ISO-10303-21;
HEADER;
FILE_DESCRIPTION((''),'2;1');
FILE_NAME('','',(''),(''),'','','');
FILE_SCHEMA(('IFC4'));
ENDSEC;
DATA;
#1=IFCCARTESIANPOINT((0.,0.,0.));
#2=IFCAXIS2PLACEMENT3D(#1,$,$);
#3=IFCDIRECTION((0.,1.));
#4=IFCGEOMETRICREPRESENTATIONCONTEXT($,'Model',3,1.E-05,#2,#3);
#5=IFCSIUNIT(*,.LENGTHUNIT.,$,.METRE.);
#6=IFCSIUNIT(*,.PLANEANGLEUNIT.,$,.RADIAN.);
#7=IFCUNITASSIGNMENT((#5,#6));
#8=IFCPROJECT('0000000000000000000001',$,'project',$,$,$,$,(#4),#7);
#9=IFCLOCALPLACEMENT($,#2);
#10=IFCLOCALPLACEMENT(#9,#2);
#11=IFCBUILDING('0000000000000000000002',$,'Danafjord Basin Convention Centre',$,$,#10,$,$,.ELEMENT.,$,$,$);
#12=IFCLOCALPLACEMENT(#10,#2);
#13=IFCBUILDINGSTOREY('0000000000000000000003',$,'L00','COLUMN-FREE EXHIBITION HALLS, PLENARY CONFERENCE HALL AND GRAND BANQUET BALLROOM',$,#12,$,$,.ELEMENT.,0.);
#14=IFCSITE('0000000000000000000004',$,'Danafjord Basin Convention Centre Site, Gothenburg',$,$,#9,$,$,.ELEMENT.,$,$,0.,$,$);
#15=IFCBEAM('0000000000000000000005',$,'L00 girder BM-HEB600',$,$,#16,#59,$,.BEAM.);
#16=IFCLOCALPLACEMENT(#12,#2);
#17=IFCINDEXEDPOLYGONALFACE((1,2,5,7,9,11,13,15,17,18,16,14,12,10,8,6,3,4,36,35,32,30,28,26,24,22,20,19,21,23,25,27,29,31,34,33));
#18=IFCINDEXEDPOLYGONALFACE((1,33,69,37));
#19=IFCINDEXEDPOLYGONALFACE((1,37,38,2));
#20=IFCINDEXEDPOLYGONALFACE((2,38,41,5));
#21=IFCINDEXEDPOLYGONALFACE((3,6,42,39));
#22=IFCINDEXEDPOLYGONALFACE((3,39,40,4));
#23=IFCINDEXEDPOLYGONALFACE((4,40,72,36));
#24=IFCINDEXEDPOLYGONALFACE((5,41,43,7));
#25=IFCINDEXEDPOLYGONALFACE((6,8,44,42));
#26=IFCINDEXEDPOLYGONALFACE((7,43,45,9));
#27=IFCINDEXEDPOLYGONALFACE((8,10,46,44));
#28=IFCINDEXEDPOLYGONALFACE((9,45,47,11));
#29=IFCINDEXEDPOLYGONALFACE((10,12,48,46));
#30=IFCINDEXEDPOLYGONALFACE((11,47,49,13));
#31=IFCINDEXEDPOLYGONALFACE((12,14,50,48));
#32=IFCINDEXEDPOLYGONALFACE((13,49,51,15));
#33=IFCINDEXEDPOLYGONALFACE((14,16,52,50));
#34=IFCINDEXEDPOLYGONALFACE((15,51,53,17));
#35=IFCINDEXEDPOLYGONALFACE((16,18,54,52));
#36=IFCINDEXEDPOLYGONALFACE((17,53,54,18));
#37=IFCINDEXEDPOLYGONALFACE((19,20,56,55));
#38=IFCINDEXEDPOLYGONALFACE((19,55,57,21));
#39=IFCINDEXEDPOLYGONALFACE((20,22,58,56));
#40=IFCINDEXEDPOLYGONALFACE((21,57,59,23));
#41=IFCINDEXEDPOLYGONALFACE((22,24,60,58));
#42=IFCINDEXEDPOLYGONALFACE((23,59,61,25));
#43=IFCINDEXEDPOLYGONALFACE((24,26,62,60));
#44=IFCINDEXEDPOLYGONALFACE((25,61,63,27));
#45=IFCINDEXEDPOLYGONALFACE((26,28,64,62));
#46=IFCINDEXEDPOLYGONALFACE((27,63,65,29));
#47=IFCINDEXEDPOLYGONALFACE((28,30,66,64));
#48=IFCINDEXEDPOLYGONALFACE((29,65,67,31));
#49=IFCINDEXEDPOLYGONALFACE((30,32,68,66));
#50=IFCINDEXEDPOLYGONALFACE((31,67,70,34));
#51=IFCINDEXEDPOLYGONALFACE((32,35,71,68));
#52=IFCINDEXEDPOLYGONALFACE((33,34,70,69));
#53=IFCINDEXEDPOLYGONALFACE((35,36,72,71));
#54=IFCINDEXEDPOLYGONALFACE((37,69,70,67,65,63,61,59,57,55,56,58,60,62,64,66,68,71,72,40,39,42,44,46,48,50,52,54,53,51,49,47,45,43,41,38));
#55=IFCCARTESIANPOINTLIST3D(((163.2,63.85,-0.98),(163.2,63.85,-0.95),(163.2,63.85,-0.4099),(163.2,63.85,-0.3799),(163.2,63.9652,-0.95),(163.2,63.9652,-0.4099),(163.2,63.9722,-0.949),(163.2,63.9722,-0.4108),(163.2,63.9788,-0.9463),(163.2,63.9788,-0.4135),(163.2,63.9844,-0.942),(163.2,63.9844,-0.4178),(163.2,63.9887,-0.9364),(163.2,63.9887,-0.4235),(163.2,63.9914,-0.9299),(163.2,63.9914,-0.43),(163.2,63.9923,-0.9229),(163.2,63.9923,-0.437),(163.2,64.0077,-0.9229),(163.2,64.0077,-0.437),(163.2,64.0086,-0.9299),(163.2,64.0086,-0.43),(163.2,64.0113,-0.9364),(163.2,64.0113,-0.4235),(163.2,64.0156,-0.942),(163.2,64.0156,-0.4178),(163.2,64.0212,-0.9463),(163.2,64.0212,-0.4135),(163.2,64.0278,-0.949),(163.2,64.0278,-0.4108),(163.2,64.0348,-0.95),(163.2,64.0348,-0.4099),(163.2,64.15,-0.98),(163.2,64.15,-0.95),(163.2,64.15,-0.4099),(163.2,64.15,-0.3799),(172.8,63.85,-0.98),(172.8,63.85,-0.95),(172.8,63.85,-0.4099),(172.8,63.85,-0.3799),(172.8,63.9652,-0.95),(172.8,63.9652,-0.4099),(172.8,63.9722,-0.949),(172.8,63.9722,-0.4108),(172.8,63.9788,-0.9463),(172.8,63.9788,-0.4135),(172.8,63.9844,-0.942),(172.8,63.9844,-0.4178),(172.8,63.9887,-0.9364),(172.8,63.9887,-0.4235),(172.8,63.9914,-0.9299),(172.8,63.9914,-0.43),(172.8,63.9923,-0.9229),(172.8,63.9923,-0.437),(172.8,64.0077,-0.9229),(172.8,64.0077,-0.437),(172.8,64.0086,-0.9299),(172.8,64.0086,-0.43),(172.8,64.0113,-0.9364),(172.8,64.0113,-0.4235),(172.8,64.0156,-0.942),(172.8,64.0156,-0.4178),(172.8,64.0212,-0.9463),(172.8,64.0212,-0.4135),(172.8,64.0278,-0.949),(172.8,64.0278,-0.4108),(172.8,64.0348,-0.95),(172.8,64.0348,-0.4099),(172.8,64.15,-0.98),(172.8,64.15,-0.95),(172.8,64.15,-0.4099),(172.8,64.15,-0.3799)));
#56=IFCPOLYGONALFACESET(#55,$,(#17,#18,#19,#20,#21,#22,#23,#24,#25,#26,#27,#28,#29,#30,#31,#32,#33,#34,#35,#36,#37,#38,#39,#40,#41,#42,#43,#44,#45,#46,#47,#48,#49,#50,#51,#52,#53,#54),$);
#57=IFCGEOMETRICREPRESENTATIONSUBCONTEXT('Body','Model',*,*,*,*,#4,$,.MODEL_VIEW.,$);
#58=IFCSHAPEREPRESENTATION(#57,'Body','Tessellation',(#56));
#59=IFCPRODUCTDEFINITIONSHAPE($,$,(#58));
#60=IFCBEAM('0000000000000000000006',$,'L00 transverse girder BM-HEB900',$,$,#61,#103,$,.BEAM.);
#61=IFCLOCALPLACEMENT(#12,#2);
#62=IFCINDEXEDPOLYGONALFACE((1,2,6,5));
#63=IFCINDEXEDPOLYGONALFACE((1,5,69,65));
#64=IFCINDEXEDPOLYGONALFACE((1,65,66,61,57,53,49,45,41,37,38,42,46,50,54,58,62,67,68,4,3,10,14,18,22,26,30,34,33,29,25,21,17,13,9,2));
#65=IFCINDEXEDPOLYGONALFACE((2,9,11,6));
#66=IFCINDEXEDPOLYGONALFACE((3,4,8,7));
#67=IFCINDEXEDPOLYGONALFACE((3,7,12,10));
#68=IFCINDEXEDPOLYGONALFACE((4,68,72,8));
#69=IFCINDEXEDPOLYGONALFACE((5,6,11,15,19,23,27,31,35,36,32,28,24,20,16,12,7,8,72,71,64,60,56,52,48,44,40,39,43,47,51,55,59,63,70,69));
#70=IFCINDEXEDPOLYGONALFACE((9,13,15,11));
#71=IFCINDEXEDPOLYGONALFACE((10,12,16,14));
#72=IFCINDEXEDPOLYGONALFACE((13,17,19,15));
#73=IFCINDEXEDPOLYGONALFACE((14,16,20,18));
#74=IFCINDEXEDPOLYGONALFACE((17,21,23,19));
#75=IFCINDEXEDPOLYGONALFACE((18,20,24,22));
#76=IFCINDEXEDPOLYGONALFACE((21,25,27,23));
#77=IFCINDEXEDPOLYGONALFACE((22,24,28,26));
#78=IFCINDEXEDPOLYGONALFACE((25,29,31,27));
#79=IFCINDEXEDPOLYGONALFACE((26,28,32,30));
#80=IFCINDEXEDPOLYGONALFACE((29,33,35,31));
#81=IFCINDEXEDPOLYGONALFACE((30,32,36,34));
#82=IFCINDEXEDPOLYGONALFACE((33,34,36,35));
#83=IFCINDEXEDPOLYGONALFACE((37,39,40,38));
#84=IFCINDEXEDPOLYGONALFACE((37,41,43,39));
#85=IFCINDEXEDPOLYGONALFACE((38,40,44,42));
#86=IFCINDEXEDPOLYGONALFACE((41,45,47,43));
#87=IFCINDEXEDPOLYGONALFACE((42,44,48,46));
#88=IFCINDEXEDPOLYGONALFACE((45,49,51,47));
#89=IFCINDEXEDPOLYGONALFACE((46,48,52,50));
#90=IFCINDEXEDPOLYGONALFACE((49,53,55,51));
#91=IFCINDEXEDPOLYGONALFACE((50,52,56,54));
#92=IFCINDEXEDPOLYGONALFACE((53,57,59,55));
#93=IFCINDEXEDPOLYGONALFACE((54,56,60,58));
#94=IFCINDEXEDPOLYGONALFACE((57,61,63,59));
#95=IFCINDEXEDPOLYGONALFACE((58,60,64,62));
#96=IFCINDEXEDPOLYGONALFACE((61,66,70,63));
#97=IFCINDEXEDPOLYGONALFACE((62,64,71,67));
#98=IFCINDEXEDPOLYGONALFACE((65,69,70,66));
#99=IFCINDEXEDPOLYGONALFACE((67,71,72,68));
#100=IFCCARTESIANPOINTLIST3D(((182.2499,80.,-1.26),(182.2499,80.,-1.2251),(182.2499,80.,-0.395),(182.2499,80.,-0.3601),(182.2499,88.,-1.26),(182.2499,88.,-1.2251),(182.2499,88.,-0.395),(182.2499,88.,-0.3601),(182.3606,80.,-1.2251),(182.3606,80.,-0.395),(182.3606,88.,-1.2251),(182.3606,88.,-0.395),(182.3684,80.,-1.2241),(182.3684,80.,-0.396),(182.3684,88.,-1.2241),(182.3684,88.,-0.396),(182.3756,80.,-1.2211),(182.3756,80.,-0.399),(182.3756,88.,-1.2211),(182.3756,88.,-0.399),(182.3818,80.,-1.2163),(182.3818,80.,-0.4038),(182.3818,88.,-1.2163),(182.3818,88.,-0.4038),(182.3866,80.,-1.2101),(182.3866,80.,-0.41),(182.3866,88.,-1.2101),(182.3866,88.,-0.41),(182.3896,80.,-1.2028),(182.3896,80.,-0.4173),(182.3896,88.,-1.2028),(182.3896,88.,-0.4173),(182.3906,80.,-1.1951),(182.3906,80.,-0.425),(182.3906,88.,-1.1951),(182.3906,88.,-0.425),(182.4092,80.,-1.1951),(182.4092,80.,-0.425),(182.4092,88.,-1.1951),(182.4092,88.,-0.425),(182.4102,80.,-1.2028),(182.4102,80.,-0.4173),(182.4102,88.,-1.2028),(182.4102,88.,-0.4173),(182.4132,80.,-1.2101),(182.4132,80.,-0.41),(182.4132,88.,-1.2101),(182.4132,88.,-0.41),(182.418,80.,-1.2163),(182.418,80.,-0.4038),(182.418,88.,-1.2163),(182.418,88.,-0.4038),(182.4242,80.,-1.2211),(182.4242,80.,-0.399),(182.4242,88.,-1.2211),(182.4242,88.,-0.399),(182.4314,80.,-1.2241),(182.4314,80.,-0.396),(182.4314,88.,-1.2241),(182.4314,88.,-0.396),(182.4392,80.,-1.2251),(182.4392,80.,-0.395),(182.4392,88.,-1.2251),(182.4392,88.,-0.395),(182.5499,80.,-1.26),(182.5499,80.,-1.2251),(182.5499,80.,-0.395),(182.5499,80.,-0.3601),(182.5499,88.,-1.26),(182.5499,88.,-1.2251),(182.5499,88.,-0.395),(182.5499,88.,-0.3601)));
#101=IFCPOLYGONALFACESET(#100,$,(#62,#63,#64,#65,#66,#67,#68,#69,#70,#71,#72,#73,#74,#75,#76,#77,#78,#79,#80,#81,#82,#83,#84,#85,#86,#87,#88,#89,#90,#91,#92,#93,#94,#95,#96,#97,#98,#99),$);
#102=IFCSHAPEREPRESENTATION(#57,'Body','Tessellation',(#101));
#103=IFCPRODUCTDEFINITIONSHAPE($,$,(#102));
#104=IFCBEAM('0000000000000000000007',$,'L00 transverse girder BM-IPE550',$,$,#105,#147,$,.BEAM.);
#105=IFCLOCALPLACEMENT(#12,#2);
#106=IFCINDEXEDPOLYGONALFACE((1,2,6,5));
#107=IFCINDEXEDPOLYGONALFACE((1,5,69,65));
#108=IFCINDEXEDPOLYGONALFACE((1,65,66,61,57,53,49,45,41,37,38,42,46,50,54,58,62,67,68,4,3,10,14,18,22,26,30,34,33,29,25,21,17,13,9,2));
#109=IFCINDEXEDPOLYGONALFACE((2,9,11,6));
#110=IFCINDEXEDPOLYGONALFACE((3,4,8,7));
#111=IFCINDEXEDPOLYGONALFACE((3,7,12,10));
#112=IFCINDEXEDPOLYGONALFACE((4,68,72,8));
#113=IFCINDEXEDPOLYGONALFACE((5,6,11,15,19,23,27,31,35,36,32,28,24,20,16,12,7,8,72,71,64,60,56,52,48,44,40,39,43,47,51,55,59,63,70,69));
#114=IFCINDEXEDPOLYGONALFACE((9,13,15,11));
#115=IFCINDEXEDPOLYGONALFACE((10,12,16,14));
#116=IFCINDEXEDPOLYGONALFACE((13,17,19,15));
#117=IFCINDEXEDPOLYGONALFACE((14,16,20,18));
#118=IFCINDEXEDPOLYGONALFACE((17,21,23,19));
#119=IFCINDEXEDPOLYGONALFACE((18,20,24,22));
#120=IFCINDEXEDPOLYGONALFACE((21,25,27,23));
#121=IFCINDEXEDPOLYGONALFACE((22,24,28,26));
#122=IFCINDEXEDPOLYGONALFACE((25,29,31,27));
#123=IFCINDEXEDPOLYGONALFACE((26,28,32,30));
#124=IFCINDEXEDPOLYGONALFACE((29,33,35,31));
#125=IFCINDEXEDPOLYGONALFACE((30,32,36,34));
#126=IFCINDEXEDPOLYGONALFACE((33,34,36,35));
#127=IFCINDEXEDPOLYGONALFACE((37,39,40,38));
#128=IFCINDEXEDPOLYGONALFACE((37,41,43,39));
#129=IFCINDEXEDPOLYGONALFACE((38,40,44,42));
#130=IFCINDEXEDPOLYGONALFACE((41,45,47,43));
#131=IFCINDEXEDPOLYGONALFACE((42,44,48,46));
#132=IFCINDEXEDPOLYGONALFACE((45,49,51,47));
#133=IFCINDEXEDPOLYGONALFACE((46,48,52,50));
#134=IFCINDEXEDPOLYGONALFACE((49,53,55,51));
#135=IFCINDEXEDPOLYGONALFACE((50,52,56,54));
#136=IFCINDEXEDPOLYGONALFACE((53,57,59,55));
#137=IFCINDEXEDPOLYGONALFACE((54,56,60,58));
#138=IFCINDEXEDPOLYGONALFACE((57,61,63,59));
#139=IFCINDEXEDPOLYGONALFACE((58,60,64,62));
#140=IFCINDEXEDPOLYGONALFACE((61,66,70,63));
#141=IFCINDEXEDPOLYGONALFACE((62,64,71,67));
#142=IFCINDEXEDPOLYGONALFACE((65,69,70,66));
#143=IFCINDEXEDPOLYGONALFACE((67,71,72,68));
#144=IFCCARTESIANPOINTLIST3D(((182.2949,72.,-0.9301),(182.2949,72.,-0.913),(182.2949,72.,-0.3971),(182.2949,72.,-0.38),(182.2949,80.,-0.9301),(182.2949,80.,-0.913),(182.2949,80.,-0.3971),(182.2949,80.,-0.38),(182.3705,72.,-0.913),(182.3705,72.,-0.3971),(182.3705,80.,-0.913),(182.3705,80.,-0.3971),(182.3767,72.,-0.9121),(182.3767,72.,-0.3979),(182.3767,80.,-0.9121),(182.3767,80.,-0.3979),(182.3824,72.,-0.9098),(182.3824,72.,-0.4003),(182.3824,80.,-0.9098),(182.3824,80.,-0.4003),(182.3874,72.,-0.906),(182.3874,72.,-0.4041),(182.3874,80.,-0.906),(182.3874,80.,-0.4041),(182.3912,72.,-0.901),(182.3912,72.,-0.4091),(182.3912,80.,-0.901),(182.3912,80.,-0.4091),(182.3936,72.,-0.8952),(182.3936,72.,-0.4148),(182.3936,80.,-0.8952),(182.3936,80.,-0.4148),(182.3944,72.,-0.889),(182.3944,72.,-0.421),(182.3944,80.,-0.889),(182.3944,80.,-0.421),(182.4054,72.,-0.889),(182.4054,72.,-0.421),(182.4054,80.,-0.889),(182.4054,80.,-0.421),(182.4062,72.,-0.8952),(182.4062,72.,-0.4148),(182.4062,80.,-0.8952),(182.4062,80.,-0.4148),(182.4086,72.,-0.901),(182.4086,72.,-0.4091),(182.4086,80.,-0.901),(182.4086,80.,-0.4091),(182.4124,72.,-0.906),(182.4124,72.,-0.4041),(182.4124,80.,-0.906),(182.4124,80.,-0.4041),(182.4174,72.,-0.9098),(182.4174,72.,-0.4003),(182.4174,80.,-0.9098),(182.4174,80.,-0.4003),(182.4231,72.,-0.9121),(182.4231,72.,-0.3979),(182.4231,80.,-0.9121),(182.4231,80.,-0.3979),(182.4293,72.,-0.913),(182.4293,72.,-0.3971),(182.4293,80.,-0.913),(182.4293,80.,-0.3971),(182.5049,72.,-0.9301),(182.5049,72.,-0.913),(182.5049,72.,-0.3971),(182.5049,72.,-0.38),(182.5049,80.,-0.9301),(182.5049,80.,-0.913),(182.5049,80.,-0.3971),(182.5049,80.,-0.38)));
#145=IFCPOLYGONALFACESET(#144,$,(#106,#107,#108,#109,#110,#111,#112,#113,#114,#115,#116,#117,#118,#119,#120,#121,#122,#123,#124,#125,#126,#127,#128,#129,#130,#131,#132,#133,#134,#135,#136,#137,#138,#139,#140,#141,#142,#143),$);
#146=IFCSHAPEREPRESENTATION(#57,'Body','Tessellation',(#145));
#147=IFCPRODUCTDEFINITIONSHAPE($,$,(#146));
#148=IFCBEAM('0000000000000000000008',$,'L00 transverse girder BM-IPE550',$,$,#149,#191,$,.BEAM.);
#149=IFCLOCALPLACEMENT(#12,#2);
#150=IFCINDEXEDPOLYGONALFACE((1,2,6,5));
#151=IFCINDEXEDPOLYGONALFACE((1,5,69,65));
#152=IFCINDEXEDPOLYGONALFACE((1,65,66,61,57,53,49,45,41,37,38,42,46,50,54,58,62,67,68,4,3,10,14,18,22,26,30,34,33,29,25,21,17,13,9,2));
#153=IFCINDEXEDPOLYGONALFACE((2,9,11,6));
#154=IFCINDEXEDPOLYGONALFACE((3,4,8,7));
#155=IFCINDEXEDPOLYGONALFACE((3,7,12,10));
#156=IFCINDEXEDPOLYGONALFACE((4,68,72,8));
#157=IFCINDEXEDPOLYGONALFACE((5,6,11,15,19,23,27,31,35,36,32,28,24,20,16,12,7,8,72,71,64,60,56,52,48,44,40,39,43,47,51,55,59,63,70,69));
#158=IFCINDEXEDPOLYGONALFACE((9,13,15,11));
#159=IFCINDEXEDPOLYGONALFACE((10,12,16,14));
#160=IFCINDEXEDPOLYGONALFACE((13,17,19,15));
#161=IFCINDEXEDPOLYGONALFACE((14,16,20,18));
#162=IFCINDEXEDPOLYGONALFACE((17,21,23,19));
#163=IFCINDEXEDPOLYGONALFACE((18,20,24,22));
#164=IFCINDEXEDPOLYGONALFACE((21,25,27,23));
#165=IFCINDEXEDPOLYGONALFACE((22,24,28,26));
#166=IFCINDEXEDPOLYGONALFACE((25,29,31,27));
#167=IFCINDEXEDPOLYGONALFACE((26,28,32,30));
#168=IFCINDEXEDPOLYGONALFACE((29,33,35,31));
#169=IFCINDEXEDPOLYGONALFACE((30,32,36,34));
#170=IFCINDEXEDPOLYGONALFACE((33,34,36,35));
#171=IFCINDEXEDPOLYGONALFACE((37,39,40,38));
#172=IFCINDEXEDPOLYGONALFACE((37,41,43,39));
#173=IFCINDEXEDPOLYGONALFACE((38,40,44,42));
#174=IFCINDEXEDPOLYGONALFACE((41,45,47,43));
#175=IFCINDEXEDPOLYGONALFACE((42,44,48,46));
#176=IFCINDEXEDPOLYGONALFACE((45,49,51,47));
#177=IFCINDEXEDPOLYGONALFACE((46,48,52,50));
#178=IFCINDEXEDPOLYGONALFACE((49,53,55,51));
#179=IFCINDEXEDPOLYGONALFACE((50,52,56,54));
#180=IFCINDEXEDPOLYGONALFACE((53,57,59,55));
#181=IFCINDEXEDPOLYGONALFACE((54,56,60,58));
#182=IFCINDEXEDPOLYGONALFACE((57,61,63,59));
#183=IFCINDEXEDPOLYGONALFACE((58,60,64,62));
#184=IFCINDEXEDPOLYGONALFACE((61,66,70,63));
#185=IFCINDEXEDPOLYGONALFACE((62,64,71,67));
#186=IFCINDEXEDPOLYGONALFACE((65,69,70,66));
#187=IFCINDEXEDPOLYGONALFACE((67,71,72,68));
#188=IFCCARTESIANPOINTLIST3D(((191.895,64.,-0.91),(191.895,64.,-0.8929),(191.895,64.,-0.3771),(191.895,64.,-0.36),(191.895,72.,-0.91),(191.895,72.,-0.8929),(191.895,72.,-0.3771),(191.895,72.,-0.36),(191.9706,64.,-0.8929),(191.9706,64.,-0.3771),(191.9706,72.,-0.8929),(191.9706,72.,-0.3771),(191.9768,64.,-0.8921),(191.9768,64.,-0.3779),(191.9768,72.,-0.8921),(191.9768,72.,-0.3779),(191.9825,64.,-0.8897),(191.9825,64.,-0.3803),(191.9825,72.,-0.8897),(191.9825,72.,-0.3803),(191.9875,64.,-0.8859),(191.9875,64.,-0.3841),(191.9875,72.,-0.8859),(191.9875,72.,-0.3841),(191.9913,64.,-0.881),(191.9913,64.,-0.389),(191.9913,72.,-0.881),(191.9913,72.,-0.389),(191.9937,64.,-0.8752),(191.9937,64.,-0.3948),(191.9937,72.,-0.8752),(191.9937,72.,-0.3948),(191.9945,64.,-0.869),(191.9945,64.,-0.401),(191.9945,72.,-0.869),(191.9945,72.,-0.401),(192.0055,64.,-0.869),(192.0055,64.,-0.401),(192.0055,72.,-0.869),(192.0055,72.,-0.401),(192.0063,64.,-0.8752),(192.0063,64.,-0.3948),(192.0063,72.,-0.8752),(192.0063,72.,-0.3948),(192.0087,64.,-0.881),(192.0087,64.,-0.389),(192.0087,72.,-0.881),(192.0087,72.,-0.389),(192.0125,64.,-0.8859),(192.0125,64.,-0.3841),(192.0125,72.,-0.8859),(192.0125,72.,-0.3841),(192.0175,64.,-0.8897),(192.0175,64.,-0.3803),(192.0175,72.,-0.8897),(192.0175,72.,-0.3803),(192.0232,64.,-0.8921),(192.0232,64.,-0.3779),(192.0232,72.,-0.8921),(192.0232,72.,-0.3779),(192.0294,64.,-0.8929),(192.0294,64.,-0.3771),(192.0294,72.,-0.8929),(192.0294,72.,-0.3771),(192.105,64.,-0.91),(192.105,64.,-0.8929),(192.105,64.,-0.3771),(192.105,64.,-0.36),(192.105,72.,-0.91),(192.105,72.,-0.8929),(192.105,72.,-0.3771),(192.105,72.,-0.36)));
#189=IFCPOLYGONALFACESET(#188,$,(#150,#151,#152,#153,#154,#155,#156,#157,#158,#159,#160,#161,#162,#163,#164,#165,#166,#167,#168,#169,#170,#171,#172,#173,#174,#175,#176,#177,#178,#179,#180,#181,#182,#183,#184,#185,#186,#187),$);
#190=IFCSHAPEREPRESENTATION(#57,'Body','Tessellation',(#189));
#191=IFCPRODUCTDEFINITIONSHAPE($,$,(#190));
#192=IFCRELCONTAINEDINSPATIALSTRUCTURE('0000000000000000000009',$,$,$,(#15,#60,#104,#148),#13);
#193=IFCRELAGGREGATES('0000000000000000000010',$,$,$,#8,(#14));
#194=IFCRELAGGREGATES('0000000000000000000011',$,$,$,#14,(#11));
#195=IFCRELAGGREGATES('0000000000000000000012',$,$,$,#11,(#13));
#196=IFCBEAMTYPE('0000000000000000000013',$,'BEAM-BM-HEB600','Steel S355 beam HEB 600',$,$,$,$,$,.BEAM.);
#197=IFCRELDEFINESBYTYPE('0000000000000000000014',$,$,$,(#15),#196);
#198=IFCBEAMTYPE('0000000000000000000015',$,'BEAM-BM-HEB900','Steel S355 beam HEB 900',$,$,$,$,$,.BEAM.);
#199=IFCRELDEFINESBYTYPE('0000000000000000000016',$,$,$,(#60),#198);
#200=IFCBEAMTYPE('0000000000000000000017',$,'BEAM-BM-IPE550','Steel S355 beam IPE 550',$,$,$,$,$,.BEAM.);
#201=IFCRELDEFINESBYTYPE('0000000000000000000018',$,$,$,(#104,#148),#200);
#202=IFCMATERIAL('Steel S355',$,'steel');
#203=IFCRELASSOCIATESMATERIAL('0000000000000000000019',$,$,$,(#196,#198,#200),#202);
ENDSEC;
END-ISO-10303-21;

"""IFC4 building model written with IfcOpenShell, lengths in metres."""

from ifc_helpers import new_model, si_unit, direction, frame, origin, origin_2d, place, context, subcontext, project, spatial, i_section, extrude, material, material_profile, profile_set, type_object, element, save


model = new_model("IFC4")

# Units and contexts
model_context = context("Model", 3, precision=1e-05, world=origin(), true_north=direction((0.0, 1.0)))
body_context = subcontext(model_context, "Body", "Model", "MODEL_VIEW")
ifc_project = project(units=[si_unit("LENGTHUNIT", "METRE"), si_unit("PLANEANGLEUNIT", "RADIAN")], contexts=[model_context])

# Site, building, storey
site_placement = place(None, origin())
site = spatial("IfcSite", under=ifc_project, at=site_placement, Name="Danafjord Basin Convention Centre Site, Gothenburg", CompositionType="ELEMENT", RefElevation=0.0)
building_placement = place(site_placement, origin())
building = spatial("IfcBuilding", under=site, at=building_placement, Name="Danafjord Basin Convention Centre", CompositionType="ELEMENT")
storey_placement = place(building_placement, origin())
storey = spatial("IfcBuildingStorey", under=building, at=storey_placement, Name="L00", Description="COLUMN-FREE EXHIBITION HALLS, PLENARY CONFERENCE HALL AND GRAND BANQUET BALLROOM", CompositionType="ELEMENT", Elevation=0.0)

# Shared definitions
ifc_material_1 = material(Name="Steel S355", Category="steel")

# Beams
ifc_material_profile_1 = material_profile(ifc_material_1, i_section(OverallWidth=0.3, OverallDepth=0.6001, WebThickness=0.0154, FlangeThickness=0.03, FilletRadius=0.0271, at=origin_2d()), Name="HEB 600")
ifc_profile_set_1 = profile_set([ifc_material_profile_1], Name="Steel S355")
beam_type_1 = type_object("IfcBeamType", Name="BEAM-BM-HEB600", Description="Steel S355 beam HEB 600", PredefinedType="BEAM", material=ifc_profile_set_1)
beam_1_placement = place(storey_placement, frame((163.2, 64.0, -0.6799), z_axis=(1.0, 0.0, 0.0), x_axis=(0.0, 1.0, 0.0)))
element("IfcBeam", 1, at=beam_1_placement, inside=storey, type_object=beam_type_1, Name="L00 girder BM-HEB600", PredefinedType="BEAM", context=body_context, shape_type="SweptSolid", body=[
    extrude(i_section(OverallWidth=0.3, OverallDepth=0.6001, WebThickness=0.0154, FlangeThickness=0.03, FilletRadius=0.0271, at=origin_2d()), origin(), (0.0, 0.0, 1.0), 9.6001),
])
ifc_material_profile_2 = material_profile(ifc_material_1, i_section(OverallWidth=0.3, OverallDepth=0.8999, WebThickness=0.0186, FlangeThickness=0.0349, FilletRadius=0.03, at=origin_2d()), Name="HEB 900")
ifc_profile_set_2 = profile_set([ifc_material_profile_2], Name="Steel S355")
beam_type_2 = type_object("IfcBeamType", Name="BEAM-BM-HEB900", Description="Steel S355 beam HEB 900", PredefinedType="BEAM", material=ifc_profile_set_2)
beam_2_placement = place(storey_placement, frame((182.3999, 80.0, -0.8101), z_axis=(0.0, 1.0, 0.0), x_axis=(-1.0, 0.0, 0.0)))
element("IfcBeam", 2, at=beam_2_placement, inside=storey, type_object=beam_type_2, Name="L00 transverse girder BM-HEB900", PredefinedType="BEAM", context=body_context, shape_type="SweptSolid", body=[
    extrude(i_section(OverallWidth=0.3, OverallDepth=0.8999, WebThickness=0.0186, FlangeThickness=0.0349, FilletRadius=0.03, at=origin_2d()), origin(), (0.0, 0.0, 1.0), 8.0),
])
ifc_material_profile_3 = material_profile(ifc_material_1, i_section(OverallWidth=0.21, OverallDepth=0.55, WebThickness=0.011, FlangeThickness=0.0171, FilletRadius=0.0239, at=origin_2d()), Name="IPE 550")
ifc_profile_set_3 = profile_set([ifc_material_profile_3], Name="Steel S355")
beam_type_3 = type_object("IfcBeamType", Name="BEAM-BM-IPE550", Description="Steel S355 beam IPE 550", PredefinedType="BEAM", material=ifc_profile_set_3)
for number, where, z_axis, x_axis, name in (
    (3, (182.3999, 72.0, -0.655), (0.0, 1.0, 0.0), (-1.0, 0.0, 0.0), "L00 transverse girder BM-IPE550"),
    (4, (192.0, 64.0, -0.635), (0.0, 1.0, 0.0), (-1.0, 0.0, 0.0), "L00 transverse girder BM-IPE550"),
):
    element("IfcBeam", number, at=place(storey_placement, frame(where, z_axis=z_axis, x_axis=x_axis)), inside=storey, type_object=beam_type_3, Name=name, PredefinedType="BEAM", context=body_context, shape_type="SweptSolid", body=[
        extrude(i_section(OverallWidth=0.21, OverallDepth=0.55, WebThickness=0.011, FlangeThickness=0.0171, FilletRadius=0.0239, at=origin_2d()), origin(), (0.0, 0.0, 1.0), 8.0),
    ])

save(model, "model.ifc")
